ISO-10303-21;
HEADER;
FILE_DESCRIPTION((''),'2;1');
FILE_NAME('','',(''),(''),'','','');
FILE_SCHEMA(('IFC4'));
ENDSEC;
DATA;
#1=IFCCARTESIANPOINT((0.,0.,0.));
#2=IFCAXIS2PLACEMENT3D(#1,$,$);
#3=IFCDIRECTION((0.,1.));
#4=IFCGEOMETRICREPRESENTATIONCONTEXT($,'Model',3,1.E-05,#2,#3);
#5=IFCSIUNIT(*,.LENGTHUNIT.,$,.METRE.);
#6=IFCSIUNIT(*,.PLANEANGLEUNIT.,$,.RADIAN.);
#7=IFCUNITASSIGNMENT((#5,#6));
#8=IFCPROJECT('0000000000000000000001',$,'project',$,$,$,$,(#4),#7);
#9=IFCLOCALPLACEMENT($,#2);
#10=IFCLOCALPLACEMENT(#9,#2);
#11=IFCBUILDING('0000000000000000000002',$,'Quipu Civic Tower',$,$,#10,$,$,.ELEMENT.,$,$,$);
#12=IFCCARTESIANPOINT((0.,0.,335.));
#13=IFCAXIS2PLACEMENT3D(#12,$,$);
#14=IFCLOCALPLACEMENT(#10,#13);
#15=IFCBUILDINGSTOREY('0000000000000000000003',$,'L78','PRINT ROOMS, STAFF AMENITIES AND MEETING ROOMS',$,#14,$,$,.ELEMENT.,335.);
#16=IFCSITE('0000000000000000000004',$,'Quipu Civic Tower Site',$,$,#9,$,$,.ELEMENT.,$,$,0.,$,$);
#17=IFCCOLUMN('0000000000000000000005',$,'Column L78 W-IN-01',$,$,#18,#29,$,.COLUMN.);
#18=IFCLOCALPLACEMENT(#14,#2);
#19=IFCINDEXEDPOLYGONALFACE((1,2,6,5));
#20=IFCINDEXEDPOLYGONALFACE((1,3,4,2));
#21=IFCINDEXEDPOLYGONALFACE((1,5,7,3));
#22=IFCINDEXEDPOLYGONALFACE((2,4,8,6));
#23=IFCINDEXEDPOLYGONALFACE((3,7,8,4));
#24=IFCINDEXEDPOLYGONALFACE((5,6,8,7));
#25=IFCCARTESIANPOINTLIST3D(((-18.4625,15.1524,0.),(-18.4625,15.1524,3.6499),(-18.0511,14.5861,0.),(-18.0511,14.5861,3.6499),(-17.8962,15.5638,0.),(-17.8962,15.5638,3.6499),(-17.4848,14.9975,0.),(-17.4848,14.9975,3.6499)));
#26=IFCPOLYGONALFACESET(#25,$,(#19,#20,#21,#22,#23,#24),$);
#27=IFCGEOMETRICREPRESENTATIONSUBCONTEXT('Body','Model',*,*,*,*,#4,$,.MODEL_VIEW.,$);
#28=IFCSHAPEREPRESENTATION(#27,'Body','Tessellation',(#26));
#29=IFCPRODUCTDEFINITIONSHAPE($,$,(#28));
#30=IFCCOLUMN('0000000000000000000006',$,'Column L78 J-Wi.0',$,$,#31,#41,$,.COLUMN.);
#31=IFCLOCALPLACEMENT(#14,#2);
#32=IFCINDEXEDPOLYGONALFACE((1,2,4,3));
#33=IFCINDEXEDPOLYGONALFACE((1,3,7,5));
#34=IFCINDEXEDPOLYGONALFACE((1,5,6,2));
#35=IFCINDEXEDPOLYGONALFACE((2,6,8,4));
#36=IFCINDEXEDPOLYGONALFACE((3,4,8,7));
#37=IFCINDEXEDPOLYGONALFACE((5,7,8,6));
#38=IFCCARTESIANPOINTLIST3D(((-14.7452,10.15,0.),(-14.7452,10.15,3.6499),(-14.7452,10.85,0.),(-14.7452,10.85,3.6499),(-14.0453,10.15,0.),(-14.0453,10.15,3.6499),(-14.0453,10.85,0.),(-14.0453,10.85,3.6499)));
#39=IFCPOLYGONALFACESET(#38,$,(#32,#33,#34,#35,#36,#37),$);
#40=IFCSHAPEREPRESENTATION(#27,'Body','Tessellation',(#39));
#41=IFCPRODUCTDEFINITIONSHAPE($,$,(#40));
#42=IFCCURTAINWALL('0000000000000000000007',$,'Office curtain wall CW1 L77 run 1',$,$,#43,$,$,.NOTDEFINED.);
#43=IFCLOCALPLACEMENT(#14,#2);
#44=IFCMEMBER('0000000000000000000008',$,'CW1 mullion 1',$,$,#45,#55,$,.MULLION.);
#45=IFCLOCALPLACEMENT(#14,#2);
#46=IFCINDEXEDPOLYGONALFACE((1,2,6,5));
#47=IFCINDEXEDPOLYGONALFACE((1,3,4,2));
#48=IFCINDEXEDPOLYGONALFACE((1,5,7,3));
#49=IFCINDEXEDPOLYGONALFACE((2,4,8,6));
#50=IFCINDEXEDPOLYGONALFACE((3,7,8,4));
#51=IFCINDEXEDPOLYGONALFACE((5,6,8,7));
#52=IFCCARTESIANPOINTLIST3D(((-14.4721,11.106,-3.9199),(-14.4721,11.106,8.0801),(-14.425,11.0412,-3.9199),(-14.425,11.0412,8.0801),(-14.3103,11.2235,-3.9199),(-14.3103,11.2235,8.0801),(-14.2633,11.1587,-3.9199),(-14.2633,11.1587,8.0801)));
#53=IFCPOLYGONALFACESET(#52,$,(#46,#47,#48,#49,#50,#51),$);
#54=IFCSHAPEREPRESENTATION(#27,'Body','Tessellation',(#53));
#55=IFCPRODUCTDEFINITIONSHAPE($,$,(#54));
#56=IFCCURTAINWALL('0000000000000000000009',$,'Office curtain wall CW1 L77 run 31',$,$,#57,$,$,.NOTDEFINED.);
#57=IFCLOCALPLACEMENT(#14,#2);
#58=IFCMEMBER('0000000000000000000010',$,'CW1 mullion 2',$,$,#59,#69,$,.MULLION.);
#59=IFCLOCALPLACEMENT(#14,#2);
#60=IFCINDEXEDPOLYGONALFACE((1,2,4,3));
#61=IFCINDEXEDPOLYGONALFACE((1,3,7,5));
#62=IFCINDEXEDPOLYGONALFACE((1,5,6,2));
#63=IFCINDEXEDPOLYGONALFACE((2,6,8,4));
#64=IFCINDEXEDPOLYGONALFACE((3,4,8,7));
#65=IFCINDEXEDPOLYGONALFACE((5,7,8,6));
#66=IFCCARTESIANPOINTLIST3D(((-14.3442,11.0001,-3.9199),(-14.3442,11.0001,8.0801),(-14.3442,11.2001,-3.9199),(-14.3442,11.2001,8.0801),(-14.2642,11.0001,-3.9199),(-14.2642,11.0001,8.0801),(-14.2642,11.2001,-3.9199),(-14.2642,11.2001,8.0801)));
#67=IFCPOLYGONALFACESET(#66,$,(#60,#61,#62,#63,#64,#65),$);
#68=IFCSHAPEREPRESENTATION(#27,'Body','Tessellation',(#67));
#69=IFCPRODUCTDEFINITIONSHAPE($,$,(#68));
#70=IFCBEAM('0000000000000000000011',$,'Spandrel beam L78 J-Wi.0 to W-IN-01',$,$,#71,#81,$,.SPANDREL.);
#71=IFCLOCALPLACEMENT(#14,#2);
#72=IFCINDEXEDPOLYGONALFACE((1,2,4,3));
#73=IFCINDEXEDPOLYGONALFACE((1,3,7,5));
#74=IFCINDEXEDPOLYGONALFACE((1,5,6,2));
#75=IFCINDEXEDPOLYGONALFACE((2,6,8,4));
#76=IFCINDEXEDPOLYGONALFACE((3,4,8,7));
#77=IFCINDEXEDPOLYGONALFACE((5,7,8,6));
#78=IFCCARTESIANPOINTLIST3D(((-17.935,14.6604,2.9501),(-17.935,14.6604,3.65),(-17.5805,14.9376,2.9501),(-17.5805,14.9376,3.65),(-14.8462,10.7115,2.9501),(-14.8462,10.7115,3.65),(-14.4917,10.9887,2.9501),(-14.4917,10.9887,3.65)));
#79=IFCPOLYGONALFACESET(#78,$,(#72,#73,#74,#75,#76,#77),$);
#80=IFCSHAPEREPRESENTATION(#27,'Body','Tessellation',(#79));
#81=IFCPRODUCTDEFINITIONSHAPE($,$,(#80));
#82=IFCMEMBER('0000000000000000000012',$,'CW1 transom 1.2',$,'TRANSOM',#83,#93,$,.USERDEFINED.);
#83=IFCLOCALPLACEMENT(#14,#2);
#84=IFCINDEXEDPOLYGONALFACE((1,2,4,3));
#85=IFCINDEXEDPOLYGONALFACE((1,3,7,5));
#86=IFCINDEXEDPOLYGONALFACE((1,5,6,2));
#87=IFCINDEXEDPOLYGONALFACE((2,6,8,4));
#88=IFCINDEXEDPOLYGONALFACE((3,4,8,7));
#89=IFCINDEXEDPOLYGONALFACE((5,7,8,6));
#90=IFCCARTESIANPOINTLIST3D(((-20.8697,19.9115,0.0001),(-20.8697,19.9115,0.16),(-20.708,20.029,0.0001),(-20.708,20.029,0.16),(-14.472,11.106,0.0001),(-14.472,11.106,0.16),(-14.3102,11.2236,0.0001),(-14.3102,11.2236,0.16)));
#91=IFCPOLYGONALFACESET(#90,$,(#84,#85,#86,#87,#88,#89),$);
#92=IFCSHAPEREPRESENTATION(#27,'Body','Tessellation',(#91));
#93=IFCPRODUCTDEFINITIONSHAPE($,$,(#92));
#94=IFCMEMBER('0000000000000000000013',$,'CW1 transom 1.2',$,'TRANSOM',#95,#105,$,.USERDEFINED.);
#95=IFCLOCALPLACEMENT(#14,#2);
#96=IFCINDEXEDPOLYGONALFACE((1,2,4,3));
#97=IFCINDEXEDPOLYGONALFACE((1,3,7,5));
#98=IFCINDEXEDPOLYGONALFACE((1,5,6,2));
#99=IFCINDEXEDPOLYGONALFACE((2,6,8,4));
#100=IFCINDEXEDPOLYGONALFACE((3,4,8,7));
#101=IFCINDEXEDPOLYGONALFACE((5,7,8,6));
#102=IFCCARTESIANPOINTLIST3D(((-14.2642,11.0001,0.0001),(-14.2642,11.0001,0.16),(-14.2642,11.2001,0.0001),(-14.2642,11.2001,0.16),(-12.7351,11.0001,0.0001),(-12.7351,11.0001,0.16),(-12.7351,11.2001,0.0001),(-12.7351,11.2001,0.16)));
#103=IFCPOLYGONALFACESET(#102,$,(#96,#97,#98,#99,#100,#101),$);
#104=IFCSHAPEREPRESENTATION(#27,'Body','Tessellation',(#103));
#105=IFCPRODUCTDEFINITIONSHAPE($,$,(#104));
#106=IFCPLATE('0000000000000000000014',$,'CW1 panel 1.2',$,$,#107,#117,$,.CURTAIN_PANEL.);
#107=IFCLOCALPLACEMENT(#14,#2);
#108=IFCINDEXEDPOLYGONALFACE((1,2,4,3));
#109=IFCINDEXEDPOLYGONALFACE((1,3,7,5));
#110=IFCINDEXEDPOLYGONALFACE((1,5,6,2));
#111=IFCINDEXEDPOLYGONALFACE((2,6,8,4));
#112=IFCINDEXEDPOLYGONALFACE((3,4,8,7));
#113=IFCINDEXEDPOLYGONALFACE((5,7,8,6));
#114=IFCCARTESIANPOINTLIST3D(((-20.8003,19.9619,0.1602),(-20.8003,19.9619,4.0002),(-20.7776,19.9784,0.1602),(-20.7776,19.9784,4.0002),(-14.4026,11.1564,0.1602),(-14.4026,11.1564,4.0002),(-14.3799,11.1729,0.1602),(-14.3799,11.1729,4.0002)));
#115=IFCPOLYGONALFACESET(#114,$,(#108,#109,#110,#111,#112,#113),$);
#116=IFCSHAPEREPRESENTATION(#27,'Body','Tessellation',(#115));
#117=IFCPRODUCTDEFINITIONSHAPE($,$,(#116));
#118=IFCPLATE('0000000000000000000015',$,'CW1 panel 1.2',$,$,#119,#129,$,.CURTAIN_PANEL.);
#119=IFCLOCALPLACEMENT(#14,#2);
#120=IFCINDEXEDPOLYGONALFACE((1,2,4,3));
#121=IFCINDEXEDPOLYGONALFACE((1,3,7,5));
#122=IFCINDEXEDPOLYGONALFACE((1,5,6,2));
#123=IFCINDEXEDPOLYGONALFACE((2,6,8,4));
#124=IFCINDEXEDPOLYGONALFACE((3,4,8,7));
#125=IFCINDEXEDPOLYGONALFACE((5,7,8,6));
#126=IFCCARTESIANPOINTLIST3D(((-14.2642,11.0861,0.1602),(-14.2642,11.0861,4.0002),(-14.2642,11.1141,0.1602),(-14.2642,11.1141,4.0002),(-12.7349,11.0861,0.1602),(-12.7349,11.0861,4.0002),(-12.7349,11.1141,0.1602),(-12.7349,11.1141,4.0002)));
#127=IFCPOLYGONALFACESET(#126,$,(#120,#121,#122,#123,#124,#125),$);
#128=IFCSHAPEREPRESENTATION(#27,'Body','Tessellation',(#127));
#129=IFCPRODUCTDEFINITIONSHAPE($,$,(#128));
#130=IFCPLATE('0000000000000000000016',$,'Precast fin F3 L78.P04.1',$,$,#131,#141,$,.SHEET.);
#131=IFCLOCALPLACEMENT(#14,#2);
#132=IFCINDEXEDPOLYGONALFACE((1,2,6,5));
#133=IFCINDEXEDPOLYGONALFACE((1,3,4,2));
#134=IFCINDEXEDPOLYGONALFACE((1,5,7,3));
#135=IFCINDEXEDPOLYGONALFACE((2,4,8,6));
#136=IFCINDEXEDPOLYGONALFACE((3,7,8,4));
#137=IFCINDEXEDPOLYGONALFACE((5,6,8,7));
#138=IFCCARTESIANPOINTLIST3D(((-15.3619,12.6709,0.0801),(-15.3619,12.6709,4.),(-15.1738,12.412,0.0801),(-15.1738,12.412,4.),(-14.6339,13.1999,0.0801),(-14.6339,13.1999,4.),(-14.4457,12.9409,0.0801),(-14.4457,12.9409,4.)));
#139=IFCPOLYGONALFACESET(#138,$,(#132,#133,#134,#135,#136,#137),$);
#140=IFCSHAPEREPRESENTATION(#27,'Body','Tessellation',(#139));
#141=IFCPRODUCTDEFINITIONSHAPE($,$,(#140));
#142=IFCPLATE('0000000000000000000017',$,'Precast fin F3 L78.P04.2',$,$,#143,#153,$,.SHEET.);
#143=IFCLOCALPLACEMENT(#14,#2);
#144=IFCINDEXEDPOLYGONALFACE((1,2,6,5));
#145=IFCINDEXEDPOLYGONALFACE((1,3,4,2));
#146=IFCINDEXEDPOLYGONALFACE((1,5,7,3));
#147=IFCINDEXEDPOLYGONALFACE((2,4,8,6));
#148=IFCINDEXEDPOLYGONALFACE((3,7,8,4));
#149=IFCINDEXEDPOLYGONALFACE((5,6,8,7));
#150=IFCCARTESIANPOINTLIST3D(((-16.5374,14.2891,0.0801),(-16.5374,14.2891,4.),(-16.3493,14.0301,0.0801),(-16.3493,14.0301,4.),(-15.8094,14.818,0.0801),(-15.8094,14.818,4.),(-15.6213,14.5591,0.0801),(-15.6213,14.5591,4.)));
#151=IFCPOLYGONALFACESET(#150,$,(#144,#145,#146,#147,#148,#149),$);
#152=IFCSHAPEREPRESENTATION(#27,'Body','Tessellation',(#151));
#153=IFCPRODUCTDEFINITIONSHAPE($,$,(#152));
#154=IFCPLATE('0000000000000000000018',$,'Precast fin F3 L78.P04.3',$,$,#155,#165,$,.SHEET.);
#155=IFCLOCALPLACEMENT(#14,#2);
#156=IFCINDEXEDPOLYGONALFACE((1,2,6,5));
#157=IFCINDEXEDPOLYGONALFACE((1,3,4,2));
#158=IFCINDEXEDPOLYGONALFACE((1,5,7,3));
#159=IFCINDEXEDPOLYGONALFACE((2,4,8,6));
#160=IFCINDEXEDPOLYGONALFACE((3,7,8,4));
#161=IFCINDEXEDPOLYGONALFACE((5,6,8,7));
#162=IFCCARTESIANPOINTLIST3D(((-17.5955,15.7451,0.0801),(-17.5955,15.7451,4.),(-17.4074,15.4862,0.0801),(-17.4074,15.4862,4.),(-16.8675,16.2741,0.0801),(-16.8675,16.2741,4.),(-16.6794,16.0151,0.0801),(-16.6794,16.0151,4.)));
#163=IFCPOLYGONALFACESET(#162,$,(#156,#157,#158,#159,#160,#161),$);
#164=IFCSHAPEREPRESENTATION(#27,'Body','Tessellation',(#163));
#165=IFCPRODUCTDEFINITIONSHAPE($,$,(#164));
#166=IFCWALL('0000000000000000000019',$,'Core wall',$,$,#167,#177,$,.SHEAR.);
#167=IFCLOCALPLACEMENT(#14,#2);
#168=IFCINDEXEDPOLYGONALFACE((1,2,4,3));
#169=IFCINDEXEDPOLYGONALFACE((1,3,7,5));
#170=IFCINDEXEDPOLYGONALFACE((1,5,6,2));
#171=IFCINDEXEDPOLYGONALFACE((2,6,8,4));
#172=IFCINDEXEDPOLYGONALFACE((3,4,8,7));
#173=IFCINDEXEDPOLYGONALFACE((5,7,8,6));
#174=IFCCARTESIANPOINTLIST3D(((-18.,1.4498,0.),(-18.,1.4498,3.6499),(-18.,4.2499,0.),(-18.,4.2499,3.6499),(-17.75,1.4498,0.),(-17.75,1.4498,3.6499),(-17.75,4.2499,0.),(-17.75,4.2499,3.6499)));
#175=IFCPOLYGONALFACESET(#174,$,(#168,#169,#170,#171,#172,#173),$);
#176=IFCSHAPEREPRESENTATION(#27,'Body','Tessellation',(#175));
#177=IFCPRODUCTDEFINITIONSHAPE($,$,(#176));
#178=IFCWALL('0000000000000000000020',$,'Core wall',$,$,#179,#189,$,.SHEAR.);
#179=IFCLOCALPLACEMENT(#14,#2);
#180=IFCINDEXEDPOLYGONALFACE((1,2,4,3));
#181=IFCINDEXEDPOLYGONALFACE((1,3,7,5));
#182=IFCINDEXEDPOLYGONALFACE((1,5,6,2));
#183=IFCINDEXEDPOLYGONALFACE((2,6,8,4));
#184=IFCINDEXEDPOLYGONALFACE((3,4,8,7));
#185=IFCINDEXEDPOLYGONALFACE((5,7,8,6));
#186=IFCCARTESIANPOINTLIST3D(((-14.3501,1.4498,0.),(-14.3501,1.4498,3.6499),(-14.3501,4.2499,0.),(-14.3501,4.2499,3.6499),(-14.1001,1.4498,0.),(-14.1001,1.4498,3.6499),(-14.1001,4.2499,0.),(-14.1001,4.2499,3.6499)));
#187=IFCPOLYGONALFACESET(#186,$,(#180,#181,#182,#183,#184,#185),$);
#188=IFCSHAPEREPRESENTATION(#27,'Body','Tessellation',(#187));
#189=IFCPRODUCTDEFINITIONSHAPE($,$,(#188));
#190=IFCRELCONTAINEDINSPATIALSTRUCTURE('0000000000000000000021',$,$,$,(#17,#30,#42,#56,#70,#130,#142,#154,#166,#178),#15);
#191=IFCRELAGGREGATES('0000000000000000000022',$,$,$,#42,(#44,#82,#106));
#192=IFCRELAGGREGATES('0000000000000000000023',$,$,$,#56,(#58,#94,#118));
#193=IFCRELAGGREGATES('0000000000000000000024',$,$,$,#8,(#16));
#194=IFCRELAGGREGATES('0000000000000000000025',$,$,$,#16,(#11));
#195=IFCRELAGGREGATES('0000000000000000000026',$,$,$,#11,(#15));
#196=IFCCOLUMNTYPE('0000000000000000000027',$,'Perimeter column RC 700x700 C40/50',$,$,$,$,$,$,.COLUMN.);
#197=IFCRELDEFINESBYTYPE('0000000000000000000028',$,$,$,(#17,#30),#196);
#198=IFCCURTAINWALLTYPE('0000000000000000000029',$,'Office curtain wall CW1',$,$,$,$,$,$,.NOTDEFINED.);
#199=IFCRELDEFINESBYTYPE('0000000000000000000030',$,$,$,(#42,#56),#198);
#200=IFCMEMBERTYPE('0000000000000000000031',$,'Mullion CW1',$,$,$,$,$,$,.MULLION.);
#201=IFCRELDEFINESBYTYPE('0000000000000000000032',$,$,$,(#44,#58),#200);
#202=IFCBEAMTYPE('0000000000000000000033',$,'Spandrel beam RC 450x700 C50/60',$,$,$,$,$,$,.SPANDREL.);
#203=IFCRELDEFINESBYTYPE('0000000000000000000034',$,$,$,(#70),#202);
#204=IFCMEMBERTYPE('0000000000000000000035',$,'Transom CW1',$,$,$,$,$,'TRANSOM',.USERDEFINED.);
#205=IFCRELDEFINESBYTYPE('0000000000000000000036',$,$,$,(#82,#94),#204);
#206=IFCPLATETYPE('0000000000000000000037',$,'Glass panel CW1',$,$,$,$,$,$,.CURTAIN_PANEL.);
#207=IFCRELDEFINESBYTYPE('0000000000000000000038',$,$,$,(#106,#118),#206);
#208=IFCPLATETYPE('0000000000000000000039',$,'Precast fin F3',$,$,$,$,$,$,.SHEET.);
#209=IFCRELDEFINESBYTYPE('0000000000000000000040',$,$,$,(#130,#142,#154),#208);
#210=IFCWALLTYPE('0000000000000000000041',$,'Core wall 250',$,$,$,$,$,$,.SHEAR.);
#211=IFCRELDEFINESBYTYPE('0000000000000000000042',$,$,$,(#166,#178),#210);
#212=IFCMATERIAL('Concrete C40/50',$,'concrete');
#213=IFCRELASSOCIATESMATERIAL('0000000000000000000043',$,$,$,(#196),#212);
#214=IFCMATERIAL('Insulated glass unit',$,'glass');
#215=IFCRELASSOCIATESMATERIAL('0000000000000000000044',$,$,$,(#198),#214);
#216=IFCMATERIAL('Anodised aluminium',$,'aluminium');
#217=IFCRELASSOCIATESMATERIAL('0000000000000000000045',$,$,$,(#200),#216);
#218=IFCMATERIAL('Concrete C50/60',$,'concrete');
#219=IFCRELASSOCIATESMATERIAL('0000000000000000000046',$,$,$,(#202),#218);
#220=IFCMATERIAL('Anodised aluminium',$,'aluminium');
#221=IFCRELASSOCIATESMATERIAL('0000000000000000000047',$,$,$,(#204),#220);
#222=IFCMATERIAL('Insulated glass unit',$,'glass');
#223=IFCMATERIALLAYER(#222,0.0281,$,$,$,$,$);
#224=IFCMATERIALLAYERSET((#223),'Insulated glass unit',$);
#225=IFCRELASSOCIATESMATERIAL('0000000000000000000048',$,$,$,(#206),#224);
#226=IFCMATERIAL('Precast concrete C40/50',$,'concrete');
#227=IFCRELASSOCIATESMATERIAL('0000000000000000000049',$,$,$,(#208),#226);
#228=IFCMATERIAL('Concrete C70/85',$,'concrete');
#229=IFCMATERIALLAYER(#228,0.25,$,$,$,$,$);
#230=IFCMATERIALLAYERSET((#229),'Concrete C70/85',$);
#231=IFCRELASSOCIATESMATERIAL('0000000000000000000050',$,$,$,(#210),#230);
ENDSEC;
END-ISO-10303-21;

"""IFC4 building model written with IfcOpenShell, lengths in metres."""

from ifc_helpers import new_model, si_unit, direction, frame, frame_2d, origin, origin_2d, place, context, subcontext, project, spatial, rectangle, extrude, material, layer, layer_set, material_profile, profile_set, type_object, element, aggregate, save


model = new_model("IFC4")

# Units and contexts
model_context = context("Model", 3, precision=1e-05, world=origin(), true_north=direction((0.0, 1.0)))
body_context = subcontext(model_context, "Body", "Model", "MODEL_VIEW")
ifc_project = project(units=[si_unit("LENGTHUNIT", "METRE"), si_unit("PLANEANGLEUNIT", "RADIAN")], contexts=[model_context])

# Site, building, storey
site_placement = place(None, origin())
site = spatial("IfcSite", under=ifc_project, at=site_placement, Name="Quipu Civic Tower Site", CompositionType="ELEMENT", RefElevation=0.0)
building_placement = place(site_placement, origin())
building = spatial("IfcBuilding", under=site, at=building_placement, Name="Quipu Civic Tower", CompositionType="ELEMENT")
storey_placement = place(building_placement, frame((0.0, 0.0, 335.0)))
storey = spatial("IfcBuildingStorey", under=building, at=storey_placement, Name="L78", Description="PRINT ROOMS, STAFF AMENITIES AND MEETING ROOMS", CompositionType="ELEMENT", Elevation=335.0)

# Columns
ifc_material_1 = material(Name="Concrete C40/50", Category="concrete")
ifc_material_profile_1 = material_profile(ifc_material_1, rectangle(XDim=0.7, YDim=0.7, at=origin_2d()), Name="RC700x700")
ifc_profile_set_1 = profile_set([ifc_material_profile_1], Name="Concrete C40/50")
column_type = type_object("IfcColumnType", Name="Perimeter column RC 700x700 C40/50", PredefinedType="COLUMN", material=ifc_profile_set_1)
for number, where, z_axis, x_axis, name in (
    (1, (-17.9736, 15.075, 0.0), (0.0, 0.0, 1.0), (-0.587785, 0.809017, 0.0), "Column L78 W-IN-01"),
    (2, (-14.3953, 10.5, 0.0), (0.0, 0.0, 1.0), (-1.0, 0.0, 0.0), "Column L78 J-Wi.0"),
):
    element("IfcColumn", number, at=place(storey_placement, frame(where, z_axis=z_axis, x_axis=x_axis)), inside=storey, type_object=column_type, Name=name, PredefinedType="COLUMN", context=body_context, shape_type="SweptSolid", body=[
        extrude(rectangle(XDim=0.7, YDim=0.7, at=origin_2d()), origin(), (0.0, 0.0, 1.0), 3.6499),
    ])

# Curtain walls, members
ifc_material_2 = material(Name="Insulated glass unit", Category="glass")
curtain_wall_type = type_object("IfcCurtainWallType", Name="Office curtain wall CW1", PredefinedType="NOTDEFINED", material=ifc_material_2)
curtain_wall_1_placement = place(storey_placement, origin())
curtain_wall_1 = element("IfcCurtainWall", 3, at=curtain_wall_1_placement, inside=storey, type_object=curtain_wall_type, Name="Office curtain wall CW1 L77 run 1", PredefinedType="NOTDEFINED")
ifc_material_3 = material(Name="Anodised aluminium", Category="aluminium")
ifc_material_profile_2 = material_profile(ifc_material_3, rectangle(XDim=0.2, YDim=0.0801, at=origin_2d()), Name="RECT 200x80")
ifc_profile_set_2 = profile_set([ifc_material_profile_2], Name="Anodised aluminium")
member_type_1 = type_object("IfcMemberType", Name="Mullion CW1", PredefinedType="MULLION", material=ifc_profile_set_2)
member_1_placement = place(storey_placement, frame((-14.3677, 11.1323, -3.9199), z_axis=(0.0, 0.0, 1.0), x_axis=(-0.809015, -0.587788, 0.0)))
member_1 = element("IfcMember", 4, at=member_1_placement, type_object=member_type_1, Name="CW1 mullion 1", PredefinedType="MULLION", context=body_context, shape_type="SweptSolid", body=[
    extrude(rectangle(XDim=0.2, YDim=0.0801, at=origin_2d()), origin(), (0.0, 0.0, 1.0), 12.0),
])
curtain_wall_2_placement = place(storey_placement, origin())
curtain_wall_2 = element("IfcCurtainWall", 5, at=curtain_wall_2_placement, inside=storey, type_object=curtain_wall_type, Name="Office curtain wall CW1 L77 run 31", PredefinedType="NOTDEFINED")
member_2_placement = place(storey_placement, frame((-14.3042, 11.1001, -3.9199), z_axis=(0.0, 0.0, 1.0), x_axis=(0.0, -1.0, 0.0)))
member_2 = element("IfcMember", 6, at=member_2_placement, type_object=member_type_1, Name="CW1 mullion 2", PredefinedType="MULLION", context=body_context, shape_type="SweptSolid", body=[
    extrude(rectangle(XDim=0.2, YDim=0.0801, at=origin_2d()), origin(), (0.0, 0.0, 1.0), 12.0),
])

# Beam
ifc_material_4 = material(Name="Concrete C50/60", Category="concrete")
ifc_material_profile_3 = material_profile(ifc_material_4, rectangle(XDim=0.45, YDim=0.7, at=origin_2d()), Name="RC450x700")
ifc_profile_set_3 = profile_set([ifc_material_profile_3], Name="Concrete C50/60")
beam_type = type_object("IfcBeamType", Name="Spandrel beam RC 450x700 C50/60", PredefinedType="SPANDREL", material=ifc_profile_set_3)
beam_placement = place(storey_placement, frame((-14.6689, 10.8501, 3.3), z_axis=(-0.616106, 0.787663, 0.0), x_axis=(-0.787663, -0.616106, 0.0)))
element("IfcBeam", 7, at=beam_placement, inside=storey, type_object=beam_type, Name="Spandrel beam L78 J-Wi.0 to W-IN-01", PredefinedType="SPANDREL", context=body_context, shape_type="SweptSolid", body=[
    extrude(rectangle(XDim=0.45, YDim=0.7, at=origin_2d()), origin(), (0.0, 0.0, 1.0), 5.0134),
])

# Members
ifc_material_5 = material(Name="Anodised aluminium", Category="aluminium")
ifc_material_profile_4 = material_profile(ifc_material_5, rectangle(XDim=0.2, YDim=0.1599, at=origin_2d()), Name="RECT 200x160")
ifc_profile_set_4 = profile_set([ifc_material_profile_4], Name="Anodised aluminium")
member_type_2 = type_object("IfcMemberType", Name="Transom CW1", ElementType="TRANSOM", PredefinedType="USERDEFINED", material=ifc_profile_set_4)
member_3_placement = place(storey_placement, frame((-14.3911, 11.1648, 0.0801), z_axis=(-0.587797, 0.809009, 0.0), x_axis=(-0.809009, -0.587797, 0.0)))
member_3 = element("IfcMember", 8, at=member_3_placement, type_object=member_type_2, Name="CW1 transom 1.2", ObjectType="TRANSOM", PredefinedType="USERDEFINED", context=body_context, shape_type="SweptSolid", body=[
    extrude(rectangle(XDim=0.2, YDim=0.1599, at=origin_2d()), origin(), (0.0, 0.0, 1.0), 10.8843),
])
member_4_placement = place(storey_placement, frame((-12.7351, 11.1001, 0.0801), z_axis=(-1.0, 0.0, 0.0), x_axis=(0.0, -1.0, 0.0)))
member_4 = element("IfcMember", 9, at=member_4_placement, type_object=member_type_2, Name="CW1 transom 1.2", ObjectType="TRANSOM", PredefinedType="USERDEFINED", context=body_context, shape_type="SweptSolid", body=[
    extrude(rectangle(XDim=0.2, YDim=0.1599, at=origin_2d()), origin(), (0.0, 0.0, 1.0), 1.5291),
])

# Plates
ifc_material_6 = material(Name="Insulated glass unit", Category="glass")
ifc_layer_1 = layer(ifc_material_6, 0.0281)
ifc_layer_set_1 = layer_set([ifc_layer_1], Name="Insulated glass unit")
plate_type_1 = type_object("IfcPlateType", Name="Glass panel CW1", PredefinedType="CURTAIN_PANEL", material=ifc_layer_set_1)
plate_1_placement = place(storey_placement, frame((-17.5901, 15.5674, 0.1602), z_axis=(0.0, 0.0, 1.0), x_axis=(-0.587788, 0.809015, 0.0)))
plate_1 = element("IfcPlate", 10, at=plate_1_placement, type_object=plate_type_1, Name="CW1 panel 1.2", PredefinedType="CURTAIN_PANEL", context=body_context, shape_type="SweptSolid", body=[
    extrude(rectangle(XDim=10.8843, YDim=0.0281, at=origin_2d()), origin(), (0.0, 0.0, 1.0), 3.8401),
])
aggregate(curtain_wall_1, [member_1, member_3, plate_1])
plate_2_placement = place(storey_placement, frame((-13.4995, 11.1001, 0.1602), z_axis=(0.0, 0.0, 1.0), x_axis=(-1.0, 0.0, 0.0)))
plate_2 = element("IfcPlate", 11, at=plate_2_placement, type_object=plate_type_1, Name="CW1 panel 1.2", PredefinedType="CURTAIN_PANEL", context=body_context, shape_type="SweptSolid", body=[
    extrude(rectangle(XDim=1.5293, YDim=0.0281, at=origin_2d()), origin(), (0.0, 0.0, 1.0), 3.8401),
])
aggregate(curtain_wall_2, [member_2, member_4, plate_2])

# Plates
ifc_material_7 = material(Name="Precast concrete C40/50", Category="concrete")
plate_type_2 = type_object("IfcPlateType", Name="Precast fin F3", PredefinedType="SHEET", material=ifc_material_7)
for number, where, z_axis, x_axis, name in (
    (12, (-14.9038, 12.8059, 0.0801), (0.0, 0.0, 1.0), (-0.587784, 0.809018, 0.0), "Precast fin F3 L78.P04.1"),
    (13, (-16.0793, 14.4241, 0.0801), (0.0, 0.0, 1.0), (-0.587784, 0.809018, 0.0), "Precast fin F3 L78.P04.2"),
    (14, (-17.1375, 15.8801, 0.0801), (0.0, 0.0, 1.0), (-0.587784, 0.809018, 0.0), "Precast fin F3 L78.P04.3"),
):
    element("IfcPlate", number, at=place(storey_placement, frame(where, z_axis=z_axis, x_axis=x_axis)), inside=storey, type_object=plate_type_2, Name=name, PredefinedType="SHEET", context=body_context, shape_type="SweptSolid", body=[
        extrude(rectangle(XDim=0.3201, YDim=0.8999, at=origin_2d()), origin(), (0.0, 0.0, 1.0), 3.9199),
    ])

# Walls
ifc_material_8 = material(Name="Concrete C70/85", Category="concrete")
ifc_layer_2 = layer(ifc_material_8, 0.25)
ifc_layer_set_2 = layer_set([ifc_layer_2], Name="Concrete C70/85")
wall_type_1 = type_object("IfcWallType", Name="Core wall 250", PredefinedType="SHEAR", material=ifc_layer_set_2)
for number, where, z_axis, x_axis, name in (
    (15, (-17.875, 1.45, 0.0), (0.0, 0.0, 1.0), (0.0, 1.0, 0.0), "Core wall"),
    (16, (-14.2251, 1.45, 0.0), (0.0, 0.0, 1.0), (0.0, 1.0, 0.0), "Core wall"),
):
    element("IfcWall", number, at=place(storey_placement, frame(where, z_axis=z_axis, x_axis=x_axis)), inside=storey, type_object=wall_type_1, Name=name, PredefinedType="SHEAR", context=body_context, shape_type="SweptSolid", body=[
        extrude(rectangle(XDim=2.8, YDim=0.25, at=frame_2d((1.3999, 0.0))), origin(), (0.0, 0.0, 1.0), 3.6499),
    ])

save(model, "model.ifc")
